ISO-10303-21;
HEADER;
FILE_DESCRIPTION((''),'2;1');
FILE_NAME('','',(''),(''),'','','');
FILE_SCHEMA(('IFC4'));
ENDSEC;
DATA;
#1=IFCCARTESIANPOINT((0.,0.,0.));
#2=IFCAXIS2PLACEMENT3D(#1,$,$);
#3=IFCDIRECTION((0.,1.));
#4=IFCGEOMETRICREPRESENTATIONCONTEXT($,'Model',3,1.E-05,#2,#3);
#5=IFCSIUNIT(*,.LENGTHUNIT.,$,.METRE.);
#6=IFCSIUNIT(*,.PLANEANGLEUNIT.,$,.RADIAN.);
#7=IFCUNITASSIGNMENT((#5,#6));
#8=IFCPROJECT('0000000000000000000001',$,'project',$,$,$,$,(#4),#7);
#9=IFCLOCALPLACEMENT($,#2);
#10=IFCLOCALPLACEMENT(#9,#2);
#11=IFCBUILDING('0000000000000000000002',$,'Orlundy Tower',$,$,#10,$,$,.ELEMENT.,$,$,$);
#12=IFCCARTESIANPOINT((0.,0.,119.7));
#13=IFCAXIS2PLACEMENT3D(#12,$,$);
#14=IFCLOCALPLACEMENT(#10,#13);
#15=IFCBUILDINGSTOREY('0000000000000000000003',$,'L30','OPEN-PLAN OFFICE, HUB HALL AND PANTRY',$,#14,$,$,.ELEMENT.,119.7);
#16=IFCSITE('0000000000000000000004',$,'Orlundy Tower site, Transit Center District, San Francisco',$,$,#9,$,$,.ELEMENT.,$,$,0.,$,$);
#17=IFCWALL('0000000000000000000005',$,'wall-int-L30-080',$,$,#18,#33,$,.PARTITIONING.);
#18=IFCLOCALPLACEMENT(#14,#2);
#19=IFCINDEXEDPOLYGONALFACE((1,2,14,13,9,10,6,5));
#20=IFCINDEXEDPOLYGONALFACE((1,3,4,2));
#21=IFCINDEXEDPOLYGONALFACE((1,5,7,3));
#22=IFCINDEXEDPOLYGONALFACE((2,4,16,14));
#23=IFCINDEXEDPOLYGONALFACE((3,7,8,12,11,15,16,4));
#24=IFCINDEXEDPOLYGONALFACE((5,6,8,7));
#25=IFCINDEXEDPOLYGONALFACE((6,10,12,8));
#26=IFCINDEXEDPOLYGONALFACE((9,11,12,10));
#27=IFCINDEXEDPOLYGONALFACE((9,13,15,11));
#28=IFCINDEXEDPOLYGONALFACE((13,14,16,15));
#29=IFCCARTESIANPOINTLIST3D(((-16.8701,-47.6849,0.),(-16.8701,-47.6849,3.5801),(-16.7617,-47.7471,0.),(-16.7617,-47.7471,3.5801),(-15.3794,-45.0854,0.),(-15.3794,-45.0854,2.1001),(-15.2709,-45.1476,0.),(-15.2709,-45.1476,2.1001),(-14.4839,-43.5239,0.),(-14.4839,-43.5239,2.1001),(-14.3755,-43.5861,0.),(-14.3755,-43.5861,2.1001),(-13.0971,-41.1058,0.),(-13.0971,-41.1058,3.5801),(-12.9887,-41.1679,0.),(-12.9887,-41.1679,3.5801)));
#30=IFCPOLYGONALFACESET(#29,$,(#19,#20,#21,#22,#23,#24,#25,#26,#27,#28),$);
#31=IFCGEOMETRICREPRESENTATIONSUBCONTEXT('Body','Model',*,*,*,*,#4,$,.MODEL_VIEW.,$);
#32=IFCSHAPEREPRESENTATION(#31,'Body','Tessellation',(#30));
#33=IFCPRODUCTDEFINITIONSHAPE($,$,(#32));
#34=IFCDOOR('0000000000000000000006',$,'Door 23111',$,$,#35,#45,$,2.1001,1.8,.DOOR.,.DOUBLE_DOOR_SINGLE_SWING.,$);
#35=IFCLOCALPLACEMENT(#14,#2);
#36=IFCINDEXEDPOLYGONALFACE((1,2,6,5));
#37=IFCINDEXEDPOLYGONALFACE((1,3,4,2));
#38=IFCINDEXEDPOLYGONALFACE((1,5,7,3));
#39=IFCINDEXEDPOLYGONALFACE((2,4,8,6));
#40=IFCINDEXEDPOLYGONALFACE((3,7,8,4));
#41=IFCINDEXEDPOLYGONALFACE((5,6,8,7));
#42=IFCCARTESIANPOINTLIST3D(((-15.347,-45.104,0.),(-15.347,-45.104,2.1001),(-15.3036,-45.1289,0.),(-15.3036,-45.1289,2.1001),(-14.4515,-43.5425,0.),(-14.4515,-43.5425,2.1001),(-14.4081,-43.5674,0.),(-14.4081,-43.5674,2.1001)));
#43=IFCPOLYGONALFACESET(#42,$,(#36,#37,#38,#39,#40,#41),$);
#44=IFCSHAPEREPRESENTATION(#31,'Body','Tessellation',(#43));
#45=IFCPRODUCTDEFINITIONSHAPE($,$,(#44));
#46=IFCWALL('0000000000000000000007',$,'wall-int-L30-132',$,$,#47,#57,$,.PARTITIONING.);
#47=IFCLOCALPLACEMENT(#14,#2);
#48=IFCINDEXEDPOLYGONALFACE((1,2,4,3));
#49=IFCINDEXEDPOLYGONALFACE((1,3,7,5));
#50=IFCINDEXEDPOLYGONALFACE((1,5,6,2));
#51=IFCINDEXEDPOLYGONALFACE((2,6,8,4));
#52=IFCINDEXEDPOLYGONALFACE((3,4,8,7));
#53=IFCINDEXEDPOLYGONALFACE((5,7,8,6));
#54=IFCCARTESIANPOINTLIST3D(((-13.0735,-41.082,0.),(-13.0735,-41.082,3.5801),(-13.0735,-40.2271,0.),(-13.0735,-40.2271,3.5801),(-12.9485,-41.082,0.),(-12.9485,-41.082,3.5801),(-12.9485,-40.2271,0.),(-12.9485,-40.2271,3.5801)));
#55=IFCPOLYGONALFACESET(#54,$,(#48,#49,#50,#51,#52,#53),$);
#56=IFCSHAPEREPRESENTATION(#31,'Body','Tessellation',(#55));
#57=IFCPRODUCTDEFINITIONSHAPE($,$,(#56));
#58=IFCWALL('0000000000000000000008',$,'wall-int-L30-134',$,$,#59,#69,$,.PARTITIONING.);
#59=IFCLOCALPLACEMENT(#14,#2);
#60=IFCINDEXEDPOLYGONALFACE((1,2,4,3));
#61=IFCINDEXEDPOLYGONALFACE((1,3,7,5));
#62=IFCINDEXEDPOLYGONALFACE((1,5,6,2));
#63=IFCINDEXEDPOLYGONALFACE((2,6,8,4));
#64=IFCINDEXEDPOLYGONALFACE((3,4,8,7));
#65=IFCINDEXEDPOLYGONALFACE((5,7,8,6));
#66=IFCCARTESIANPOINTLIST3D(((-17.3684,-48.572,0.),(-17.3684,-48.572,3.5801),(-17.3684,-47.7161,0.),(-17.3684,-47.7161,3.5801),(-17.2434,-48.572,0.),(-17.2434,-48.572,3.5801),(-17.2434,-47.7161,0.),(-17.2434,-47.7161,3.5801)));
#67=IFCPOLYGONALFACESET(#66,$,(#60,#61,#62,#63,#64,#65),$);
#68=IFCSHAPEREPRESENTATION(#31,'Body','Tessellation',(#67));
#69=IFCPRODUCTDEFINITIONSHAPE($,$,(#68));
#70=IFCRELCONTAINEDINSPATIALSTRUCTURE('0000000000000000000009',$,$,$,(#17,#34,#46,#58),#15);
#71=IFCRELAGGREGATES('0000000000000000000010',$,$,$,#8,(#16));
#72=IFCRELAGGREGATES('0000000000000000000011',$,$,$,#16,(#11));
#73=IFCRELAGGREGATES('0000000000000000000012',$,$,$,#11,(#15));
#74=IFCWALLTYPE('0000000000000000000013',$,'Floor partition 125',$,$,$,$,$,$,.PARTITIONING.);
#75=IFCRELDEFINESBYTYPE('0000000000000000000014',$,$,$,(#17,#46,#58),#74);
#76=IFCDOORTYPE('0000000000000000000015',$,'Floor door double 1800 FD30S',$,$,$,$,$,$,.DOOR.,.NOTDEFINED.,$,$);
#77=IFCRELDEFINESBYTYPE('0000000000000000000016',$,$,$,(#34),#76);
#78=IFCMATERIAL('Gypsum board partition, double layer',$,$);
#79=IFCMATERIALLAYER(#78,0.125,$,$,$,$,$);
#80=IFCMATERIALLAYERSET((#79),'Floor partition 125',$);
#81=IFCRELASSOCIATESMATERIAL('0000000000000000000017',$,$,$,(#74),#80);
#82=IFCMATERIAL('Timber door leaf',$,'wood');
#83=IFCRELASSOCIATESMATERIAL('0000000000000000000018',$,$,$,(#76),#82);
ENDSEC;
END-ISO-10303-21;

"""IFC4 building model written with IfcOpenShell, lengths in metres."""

from ifc_helpers import new_model, si_unit, direction, frame, frame_2d, origin, place, context, subcontext, project, spatial, rectangle, extrude, material, layer, layer_set, type_object, element, fill, save


model = new_model("IFC4")

# Units and contexts
model_context = context("Model", 3, precision=1e-05, world=origin(), true_north=direction((0.0, 1.0)))
body_context = subcontext(model_context, "Body", "Model", "MODEL_VIEW")
ifc_project = project(units=[si_unit("LENGTHUNIT", "METRE"), si_unit("PLANEANGLEUNIT", "RADIAN")], contexts=[model_context])

# Site, building, storey
site_placement = place(None, origin())
site = spatial("IfcSite", under=ifc_project, at=site_placement, Name="Orlundy Tower site, Transit Center District, San Francisco", CompositionType="ELEMENT", RefElevation=0.0)
building_placement = place(site_placement, origin())
building = spatial("IfcBuilding", under=site, at=building_placement, Name="Orlundy Tower", CompositionType="ELEMENT")
storey_placement = place(building_placement, frame((0.0, 0.0, 119.7)))
storey = spatial("IfcBuildingStorey", under=building, at=storey_placement, Name="L30", Description="OPEN-PLAN OFFICE, HUB HALL AND PANTRY", CompositionType="ELEMENT", Elevation=119.7)

# Shared definitions
ifc_material_1 = material(Name="Gypsum board partition, double layer")
ifc_layer_1 = layer(ifc_material_1, 0.125)
ifc_layer_set_1 = layer_set([ifc_layer_1], Name="Floor partition 125")
wall_type_1 = type_object("IfcWallType", Name="Floor partition 125", PredefinedType="PARTITIONING", material=ifc_layer_set_1)

# Wall, opening, door
wall_1_placement = place(storey_placement, frame((-13.043, -41.137, 0.0), z_axis=(0.0, 0.0, 1.0), x_axis=(-0.497476, -0.867477, 0.0)))
wall_1 = element("IfcWall", 1, at=wall_1_placement, inside=storey, type_object=wall_type_1, Name="wall-int-L30-080", PredefinedType="PARTITIONING", context=body_context, shape_type="SweptSolid", body=[
    extrude(rectangle(XDim=7.5842, YDim=0.125, at=frame_2d((3.792, 0.0))), origin(), (0.0, 0.0, 1.0), 3.5801),
])
opening_placement = place(wall_1_placement, frame((2.7876, 0.0, 0.0)))
opening = element("IfcOpeningElement", 2, at=opening_placement, cuts=wall_1, PredefinedType="OPENING", context=body_context, shape_type="SweptSolid", body=[
    extrude(rectangle(XDim=1.8, YDim=2.1001, at=frame_2d((0.8999, 1.05))), frame((0.0, 0.0725, 0.0), z_axis=(0.0, -1.0, 0.0), x_axis=(1.0, 0.0, 0.0)), (0.0, 0.0, 1.0), 0.145),
])
ifc_material_2 = material(Name="Timber door leaf", Category="wood")
door_type = type_object("IfcDoorType", Name="Floor door double 1800 FD30S", OperationType="NOTDEFINED", PredefinedType="DOOR", material=ifc_material_2)
door_placement = place(opening_placement, origin())
door = element("IfcDoor", 3, at=door_placement, inside=storey, type_object=door_type, Name="Door 23111", OperationType="DOUBLE_DOOR_SINGLE_SWING", OverallHeight=2.1001, OverallWidth=1.8, PredefinedType="DOOR", context=body_context, shape_type="SweptSolid", body=[
    extrude(rectangle(XDim=1.8, YDim=2.1001, at=frame_2d((0.8999, 1.05))), frame((0.0, 0.0249, 0.0), z_axis=(0.0, -1.0, 0.0), x_axis=(1.0, 0.0, 0.0)), (0.0, 0.0, 1.0), 0.05),
])
fill(opening, door)

# Walls
wall_2_placement = place(storey_placement, frame((-13.011, -41.082, 0.0), z_axis=(0.0, 0.0, 1.0), x_axis=(0.0, 1.0, 0.0)))
element("IfcWall", 4, at=wall_2_placement, inside=storey, type_object=wall_type_1, Name="wall-int-L30-132", PredefinedType="PARTITIONING", context=body_context, shape_type="SweptSolid", body=[
    extrude(rectangle(XDim=0.855, YDim=0.125, at=frame_2d((0.4275, 0.0))), origin(), (0.0, 0.0, 1.0), 3.5801),
])
wall_3_placement = place(storey_placement, frame((-17.3059, -48.572, 0.0), z_axis=(0.0, 0.0, 1.0), x_axis=(0.0, 1.0, 0.0)))
element("IfcWall", 5, at=wall_3_placement, inside=storey, type_object=wall_type_1, Name="wall-int-L30-134", PredefinedType="PARTITIONING", context=body_context, shape_type="SweptSolid", body=[
    extrude(rectangle(XDim=0.856, YDim=0.125, at=frame_2d((0.428, 0.0))), origin(), (0.0, 0.0, 1.0), 3.5801),
])

save(model, "model.ifc")
